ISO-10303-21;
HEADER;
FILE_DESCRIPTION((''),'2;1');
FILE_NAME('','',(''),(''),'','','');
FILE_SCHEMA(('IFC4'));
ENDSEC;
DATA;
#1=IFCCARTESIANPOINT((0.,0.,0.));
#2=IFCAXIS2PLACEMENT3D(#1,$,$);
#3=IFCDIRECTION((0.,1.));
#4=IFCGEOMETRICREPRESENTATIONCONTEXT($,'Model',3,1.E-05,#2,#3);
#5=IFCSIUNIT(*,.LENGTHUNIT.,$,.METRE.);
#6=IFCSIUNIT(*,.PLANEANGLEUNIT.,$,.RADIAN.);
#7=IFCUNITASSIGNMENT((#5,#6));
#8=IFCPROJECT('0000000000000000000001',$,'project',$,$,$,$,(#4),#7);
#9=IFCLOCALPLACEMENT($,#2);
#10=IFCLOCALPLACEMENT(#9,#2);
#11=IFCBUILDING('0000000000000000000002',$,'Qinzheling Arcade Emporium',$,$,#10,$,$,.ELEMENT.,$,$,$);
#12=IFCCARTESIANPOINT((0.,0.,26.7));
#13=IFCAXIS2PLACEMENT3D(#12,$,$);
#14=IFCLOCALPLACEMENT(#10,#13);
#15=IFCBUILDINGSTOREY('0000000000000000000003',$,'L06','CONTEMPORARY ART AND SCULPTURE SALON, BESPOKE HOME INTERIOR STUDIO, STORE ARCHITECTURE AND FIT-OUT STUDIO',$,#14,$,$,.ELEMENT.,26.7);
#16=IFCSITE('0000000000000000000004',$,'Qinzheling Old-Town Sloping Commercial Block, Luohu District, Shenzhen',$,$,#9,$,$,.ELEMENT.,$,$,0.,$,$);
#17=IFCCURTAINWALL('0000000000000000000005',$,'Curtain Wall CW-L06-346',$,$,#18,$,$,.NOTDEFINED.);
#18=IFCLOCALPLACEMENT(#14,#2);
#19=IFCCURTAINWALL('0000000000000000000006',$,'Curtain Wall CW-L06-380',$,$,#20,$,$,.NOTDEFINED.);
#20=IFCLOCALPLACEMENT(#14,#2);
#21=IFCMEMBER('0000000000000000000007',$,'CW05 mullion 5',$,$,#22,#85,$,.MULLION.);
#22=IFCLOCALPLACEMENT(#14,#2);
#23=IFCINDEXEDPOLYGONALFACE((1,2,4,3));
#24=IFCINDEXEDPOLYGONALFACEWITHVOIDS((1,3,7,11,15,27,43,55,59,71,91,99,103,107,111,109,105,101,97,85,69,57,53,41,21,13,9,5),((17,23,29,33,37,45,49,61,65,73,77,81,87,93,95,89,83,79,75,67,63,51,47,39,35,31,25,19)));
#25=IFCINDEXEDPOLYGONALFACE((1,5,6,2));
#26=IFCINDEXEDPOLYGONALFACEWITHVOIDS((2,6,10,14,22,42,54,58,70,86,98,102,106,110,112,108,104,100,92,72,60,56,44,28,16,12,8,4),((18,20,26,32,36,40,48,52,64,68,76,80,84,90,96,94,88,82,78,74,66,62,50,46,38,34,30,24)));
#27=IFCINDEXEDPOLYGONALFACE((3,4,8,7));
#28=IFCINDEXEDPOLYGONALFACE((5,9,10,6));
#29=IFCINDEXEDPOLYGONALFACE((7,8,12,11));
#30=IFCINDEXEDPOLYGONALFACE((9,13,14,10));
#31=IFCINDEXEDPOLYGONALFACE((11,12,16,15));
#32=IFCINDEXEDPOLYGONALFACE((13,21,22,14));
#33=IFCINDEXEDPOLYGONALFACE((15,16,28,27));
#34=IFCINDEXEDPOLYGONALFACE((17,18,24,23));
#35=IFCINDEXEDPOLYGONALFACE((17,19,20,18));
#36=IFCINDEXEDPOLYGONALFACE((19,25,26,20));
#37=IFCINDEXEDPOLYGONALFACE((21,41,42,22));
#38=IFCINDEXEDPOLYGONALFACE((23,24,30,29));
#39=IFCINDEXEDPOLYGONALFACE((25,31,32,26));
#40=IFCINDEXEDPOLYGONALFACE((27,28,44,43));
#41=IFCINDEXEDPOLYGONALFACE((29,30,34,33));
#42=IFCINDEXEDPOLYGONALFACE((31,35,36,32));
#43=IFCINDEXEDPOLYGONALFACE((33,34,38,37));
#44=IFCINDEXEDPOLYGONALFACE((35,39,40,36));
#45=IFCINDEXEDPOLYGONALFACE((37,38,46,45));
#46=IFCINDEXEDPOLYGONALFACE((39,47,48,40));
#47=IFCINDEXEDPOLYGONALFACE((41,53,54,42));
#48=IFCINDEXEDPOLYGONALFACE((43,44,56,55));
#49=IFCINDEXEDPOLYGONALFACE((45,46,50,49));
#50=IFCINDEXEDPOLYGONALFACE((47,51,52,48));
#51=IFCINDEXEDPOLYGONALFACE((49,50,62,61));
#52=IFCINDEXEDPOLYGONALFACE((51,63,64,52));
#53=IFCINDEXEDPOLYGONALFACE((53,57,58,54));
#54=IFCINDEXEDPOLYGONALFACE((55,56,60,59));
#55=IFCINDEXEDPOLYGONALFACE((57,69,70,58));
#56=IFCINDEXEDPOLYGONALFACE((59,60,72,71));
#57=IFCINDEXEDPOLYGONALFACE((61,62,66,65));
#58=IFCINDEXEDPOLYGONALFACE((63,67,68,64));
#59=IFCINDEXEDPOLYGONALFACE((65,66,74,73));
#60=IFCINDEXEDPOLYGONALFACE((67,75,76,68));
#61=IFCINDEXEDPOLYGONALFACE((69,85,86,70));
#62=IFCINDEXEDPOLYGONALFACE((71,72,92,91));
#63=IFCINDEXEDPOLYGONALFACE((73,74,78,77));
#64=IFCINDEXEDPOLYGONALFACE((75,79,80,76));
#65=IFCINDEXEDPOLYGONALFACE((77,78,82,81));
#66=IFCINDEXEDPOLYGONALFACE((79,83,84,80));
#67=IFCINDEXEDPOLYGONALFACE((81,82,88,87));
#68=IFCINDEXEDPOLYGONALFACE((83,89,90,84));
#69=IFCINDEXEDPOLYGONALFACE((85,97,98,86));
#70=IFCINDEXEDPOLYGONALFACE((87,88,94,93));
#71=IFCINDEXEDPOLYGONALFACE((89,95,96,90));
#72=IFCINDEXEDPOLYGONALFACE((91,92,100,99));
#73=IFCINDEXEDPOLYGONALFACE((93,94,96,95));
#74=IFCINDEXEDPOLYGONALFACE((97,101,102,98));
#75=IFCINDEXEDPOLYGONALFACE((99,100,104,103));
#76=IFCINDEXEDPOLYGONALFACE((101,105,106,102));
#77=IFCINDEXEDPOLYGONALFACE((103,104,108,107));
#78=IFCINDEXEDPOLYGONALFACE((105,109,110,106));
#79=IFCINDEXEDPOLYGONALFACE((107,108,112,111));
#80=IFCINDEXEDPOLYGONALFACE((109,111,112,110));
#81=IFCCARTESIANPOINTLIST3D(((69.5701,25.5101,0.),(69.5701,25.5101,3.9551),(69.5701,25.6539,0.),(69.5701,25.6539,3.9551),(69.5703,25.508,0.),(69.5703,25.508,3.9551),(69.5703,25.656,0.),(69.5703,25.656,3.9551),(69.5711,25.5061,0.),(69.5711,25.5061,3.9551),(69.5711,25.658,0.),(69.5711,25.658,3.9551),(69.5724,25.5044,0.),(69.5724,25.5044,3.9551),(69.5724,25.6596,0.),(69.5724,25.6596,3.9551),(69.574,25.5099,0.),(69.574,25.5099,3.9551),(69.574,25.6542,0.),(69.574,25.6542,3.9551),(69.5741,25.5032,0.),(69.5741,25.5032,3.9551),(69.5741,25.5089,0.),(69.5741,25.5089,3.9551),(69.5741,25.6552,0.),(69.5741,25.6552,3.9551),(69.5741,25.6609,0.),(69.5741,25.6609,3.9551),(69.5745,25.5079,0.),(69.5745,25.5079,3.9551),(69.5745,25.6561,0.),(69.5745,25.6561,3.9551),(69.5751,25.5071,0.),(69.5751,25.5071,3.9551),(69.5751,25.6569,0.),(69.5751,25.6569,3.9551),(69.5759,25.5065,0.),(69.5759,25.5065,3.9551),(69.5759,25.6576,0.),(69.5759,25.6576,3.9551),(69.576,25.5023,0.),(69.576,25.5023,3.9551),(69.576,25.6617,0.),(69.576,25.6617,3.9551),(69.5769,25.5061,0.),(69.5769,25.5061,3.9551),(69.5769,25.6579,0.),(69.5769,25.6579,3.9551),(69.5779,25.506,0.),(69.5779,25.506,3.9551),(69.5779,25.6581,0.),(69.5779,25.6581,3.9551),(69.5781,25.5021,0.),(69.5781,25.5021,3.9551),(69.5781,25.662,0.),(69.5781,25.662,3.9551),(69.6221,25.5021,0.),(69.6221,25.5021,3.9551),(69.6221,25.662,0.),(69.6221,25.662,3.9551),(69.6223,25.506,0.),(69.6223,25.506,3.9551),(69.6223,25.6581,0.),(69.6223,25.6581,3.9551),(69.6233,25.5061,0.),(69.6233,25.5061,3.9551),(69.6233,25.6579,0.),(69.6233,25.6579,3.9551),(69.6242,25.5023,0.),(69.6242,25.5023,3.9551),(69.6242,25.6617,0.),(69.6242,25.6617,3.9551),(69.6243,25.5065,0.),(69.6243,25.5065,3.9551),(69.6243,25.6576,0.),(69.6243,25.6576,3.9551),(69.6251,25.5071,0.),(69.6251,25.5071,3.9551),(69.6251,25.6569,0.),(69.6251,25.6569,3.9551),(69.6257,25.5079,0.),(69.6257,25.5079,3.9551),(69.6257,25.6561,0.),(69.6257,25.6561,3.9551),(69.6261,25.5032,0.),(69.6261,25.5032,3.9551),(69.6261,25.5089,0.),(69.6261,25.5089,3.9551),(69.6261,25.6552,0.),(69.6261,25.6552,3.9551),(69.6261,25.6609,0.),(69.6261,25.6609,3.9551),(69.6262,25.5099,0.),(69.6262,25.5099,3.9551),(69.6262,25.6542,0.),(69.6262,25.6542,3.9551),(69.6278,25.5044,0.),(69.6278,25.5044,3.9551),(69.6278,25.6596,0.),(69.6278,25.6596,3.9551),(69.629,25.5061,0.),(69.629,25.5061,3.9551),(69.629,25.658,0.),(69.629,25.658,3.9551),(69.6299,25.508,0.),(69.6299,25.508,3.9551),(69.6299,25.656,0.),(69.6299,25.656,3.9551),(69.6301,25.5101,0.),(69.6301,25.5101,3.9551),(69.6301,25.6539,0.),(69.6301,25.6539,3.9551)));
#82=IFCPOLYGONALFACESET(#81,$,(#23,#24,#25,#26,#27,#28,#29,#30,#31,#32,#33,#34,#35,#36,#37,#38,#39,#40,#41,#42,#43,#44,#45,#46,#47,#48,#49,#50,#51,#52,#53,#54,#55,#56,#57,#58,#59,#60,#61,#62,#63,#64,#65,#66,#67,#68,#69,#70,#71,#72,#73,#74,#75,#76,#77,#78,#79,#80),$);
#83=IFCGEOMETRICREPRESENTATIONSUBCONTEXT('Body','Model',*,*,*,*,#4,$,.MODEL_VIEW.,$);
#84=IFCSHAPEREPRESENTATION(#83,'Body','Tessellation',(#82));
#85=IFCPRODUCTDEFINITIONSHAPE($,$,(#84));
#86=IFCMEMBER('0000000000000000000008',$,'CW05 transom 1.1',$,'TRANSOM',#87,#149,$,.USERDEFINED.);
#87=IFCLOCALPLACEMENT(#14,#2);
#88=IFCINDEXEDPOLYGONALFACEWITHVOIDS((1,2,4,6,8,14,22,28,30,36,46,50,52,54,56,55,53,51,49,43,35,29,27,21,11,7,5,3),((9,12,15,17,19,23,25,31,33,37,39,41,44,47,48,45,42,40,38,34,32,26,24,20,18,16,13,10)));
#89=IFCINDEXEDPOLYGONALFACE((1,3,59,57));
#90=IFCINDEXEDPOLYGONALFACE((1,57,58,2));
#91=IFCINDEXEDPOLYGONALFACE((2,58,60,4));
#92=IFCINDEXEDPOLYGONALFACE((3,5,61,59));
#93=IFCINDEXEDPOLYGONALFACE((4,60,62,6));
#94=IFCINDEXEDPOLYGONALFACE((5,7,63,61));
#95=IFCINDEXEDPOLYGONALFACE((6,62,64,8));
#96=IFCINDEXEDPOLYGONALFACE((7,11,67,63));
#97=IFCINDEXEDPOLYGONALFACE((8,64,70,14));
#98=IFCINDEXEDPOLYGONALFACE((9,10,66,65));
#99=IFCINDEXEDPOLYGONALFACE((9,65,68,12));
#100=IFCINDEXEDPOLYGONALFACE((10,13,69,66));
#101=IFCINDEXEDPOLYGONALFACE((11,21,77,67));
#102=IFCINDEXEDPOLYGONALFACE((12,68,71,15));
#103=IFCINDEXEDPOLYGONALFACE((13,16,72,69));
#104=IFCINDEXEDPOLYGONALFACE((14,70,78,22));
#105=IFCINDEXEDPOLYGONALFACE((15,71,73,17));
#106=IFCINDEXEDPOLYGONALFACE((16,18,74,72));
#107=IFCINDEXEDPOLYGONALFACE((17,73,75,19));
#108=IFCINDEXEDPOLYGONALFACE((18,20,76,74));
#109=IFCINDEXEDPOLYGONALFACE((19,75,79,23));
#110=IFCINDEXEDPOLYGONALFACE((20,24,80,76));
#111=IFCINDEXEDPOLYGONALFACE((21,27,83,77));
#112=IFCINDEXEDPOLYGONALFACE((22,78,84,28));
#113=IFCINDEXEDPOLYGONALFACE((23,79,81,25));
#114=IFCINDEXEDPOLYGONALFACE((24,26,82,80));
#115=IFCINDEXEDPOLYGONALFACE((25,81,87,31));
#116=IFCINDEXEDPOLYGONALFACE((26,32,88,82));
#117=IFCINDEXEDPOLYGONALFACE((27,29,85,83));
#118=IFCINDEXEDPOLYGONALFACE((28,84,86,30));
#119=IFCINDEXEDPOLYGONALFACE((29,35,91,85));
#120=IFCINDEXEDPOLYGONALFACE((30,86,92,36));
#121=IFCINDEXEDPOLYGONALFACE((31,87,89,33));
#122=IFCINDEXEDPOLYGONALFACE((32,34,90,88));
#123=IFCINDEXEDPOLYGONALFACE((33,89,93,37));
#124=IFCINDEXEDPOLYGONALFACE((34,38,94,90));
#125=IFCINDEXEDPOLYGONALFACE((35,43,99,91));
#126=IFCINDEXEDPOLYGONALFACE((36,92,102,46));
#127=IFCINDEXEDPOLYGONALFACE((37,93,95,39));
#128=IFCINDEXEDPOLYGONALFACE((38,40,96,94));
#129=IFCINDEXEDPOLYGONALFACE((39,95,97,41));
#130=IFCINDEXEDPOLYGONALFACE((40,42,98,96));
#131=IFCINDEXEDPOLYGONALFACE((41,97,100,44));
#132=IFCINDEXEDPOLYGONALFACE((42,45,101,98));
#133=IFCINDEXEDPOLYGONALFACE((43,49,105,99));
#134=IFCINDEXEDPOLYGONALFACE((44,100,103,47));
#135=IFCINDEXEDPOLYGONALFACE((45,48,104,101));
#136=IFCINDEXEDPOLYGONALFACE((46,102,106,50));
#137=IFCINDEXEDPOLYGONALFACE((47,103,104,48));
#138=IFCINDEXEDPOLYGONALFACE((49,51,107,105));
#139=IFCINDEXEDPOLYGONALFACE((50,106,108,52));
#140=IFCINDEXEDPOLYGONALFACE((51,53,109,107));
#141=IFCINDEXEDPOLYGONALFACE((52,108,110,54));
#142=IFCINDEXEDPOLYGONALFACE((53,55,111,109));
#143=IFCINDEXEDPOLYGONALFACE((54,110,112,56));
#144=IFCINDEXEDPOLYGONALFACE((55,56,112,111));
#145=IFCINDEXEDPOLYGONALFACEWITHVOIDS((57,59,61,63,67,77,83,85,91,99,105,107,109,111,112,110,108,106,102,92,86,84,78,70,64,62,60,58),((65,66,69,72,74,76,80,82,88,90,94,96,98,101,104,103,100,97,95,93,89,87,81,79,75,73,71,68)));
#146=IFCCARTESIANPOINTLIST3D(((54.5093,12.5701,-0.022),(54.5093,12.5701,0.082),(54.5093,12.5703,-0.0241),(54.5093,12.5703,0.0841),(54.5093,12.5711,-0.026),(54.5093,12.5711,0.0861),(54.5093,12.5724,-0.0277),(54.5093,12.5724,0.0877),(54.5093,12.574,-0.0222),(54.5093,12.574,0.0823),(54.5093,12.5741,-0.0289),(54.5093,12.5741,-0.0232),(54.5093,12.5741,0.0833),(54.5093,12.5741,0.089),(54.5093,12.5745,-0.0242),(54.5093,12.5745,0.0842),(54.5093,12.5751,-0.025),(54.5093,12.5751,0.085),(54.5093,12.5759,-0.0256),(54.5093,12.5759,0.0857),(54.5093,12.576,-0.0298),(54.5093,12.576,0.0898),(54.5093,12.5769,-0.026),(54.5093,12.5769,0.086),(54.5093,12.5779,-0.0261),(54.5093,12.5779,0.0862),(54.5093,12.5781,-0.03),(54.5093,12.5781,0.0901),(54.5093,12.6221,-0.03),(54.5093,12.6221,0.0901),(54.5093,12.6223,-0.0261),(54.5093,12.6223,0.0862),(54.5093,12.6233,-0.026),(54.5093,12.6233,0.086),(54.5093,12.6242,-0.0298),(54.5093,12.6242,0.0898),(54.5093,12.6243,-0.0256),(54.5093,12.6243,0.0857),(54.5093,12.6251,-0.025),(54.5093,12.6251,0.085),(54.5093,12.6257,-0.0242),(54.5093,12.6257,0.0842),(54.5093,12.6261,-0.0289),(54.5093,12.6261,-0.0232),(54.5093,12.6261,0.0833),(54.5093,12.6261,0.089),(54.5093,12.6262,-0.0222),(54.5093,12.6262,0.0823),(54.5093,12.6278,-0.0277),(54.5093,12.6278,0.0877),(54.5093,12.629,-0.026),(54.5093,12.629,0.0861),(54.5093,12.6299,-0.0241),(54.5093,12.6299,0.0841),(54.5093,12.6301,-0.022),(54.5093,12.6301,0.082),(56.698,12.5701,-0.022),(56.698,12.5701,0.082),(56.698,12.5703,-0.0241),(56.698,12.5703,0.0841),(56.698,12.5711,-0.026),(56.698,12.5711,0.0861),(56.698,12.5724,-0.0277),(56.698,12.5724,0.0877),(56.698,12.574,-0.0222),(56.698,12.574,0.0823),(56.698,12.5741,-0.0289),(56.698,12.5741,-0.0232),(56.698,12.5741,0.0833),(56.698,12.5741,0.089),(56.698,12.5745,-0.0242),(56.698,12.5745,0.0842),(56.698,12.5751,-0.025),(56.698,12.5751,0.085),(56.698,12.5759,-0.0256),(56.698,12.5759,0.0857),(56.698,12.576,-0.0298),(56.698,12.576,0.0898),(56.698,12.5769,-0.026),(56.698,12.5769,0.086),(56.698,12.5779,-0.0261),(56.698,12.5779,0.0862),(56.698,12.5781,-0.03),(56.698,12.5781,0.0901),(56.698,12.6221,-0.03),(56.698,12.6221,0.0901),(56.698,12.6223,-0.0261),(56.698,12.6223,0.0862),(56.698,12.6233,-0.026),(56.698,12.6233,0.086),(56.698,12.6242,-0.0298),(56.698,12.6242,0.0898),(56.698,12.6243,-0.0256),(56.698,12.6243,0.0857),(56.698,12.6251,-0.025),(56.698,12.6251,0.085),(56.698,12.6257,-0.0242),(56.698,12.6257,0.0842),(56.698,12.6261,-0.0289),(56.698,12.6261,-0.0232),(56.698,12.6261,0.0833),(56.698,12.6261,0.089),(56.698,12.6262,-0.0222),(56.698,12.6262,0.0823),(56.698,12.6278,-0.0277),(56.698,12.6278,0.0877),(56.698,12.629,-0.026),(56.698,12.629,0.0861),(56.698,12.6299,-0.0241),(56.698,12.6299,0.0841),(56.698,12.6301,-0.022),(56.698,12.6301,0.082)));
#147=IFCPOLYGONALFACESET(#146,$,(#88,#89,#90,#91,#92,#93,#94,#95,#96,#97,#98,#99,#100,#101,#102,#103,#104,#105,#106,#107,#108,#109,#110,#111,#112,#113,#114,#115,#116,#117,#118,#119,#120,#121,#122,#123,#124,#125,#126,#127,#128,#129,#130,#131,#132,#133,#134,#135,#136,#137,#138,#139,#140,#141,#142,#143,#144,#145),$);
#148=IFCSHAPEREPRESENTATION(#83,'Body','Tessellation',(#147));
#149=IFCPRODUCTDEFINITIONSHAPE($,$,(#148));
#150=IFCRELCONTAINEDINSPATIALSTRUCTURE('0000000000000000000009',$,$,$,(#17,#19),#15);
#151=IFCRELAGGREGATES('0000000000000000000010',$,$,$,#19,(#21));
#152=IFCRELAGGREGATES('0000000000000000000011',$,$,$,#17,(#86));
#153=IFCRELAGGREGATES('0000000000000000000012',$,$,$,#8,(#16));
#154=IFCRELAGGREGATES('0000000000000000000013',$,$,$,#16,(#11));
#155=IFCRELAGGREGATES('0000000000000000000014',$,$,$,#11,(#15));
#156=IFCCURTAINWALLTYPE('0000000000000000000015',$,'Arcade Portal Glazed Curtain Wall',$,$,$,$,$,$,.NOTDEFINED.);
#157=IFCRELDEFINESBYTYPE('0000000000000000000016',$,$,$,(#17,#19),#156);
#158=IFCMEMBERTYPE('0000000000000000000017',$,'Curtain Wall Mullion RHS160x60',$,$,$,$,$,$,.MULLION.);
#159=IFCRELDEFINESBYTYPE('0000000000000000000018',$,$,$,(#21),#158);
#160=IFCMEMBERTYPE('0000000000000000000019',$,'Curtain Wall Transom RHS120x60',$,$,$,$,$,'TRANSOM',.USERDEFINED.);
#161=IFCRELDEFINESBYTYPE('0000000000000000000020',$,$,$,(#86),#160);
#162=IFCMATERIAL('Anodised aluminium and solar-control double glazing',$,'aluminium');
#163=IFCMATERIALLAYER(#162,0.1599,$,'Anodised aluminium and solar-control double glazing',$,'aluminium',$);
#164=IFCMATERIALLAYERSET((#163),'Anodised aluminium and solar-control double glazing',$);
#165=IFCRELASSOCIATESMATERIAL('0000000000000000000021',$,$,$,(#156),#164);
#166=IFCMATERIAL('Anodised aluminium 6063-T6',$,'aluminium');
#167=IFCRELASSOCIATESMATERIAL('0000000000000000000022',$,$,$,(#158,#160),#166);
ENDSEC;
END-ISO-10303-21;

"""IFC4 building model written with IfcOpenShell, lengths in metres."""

from ifc_helpers import new_model, si_unit, direction, frame, origin, origin_2d, place, context, subcontext, project, spatial, hollow_rectangle, extrude, material, layer, layer_set, material_profile, profile_set, type_object, element, aggregate, save


model = new_model("IFC4")

# Units and contexts
model_context = context("Model", 3, precision=1e-05, world=origin(), true_north=direction((0.0, 1.0)))
body_context = subcontext(model_context, "Body", "Model", "MODEL_VIEW")
ifc_project = project(units=[si_unit("LENGTHUNIT", "METRE"), si_unit("PLANEANGLEUNIT", "RADIAN")], contexts=[model_context])

# Site, building, storey
site_placement = place(None, origin())
site = spatial("IfcSite", under=ifc_project, at=site_placement, Name="Qinzheling Old-Town Sloping Commercial Block, Luohu District, Shenzhen", CompositionType="ELEMENT", RefElevation=0.0)
building_placement = place(site_placement, origin())
building = spatial("IfcBuilding", under=site, at=building_placement, Name="Qinzheling Arcade Emporium", CompositionType="ELEMENT")
storey_placement = place(building_placement, frame((0.0, 0.0, 26.7)))
storey = spatial("IfcBuildingStorey", under=building, at=storey_placement, Name="L06", Description="CONTEMPORARY ART AND SCULPTURE SALON, BESPOKE HOME INTERIOR STUDIO, STORE ARCHITECTURE AND FIT-OUT STUDIO", CompositionType="ELEMENT", Elevation=26.7)

# Curtain wall
ifc_material_1 = material(Name="Anodised aluminium and solar-control double glazing", Category="aluminium")
ifc_layer_1 = layer(ifc_material_1, 0.1599, Name="Anodised aluminium and solar-control double glazing", Category="aluminium")
ifc_layer_set_1 = layer_set([ifc_layer_1], Name="Anodised aluminium and solar-control double glazing")
curtain_wall_type = type_object("IfcCurtainWallType", Name="Arcade Portal Glazed Curtain Wall", PredefinedType="NOTDEFINED", material=ifc_layer_set_1)
curtain_wall_1_placement = place(storey_placement, origin())
curtain_wall_1 = element("IfcCurtainWall", 1, at=curtain_wall_1_placement, inside=storey, type_object=curtain_wall_type, Name="Curtain Wall CW-L06-346", PredefinedType="NOTDEFINED")
ifc_material_2 = material(Name="Anodised aluminium 6063-T6", Category="aluminium")
ifc_material_profile_1 = material_profile(ifc_material_2, hollow_rectangle(XDim=0.0601, YDim=0.1599, WallThickness=0.0039, InnerFilletRadius=0.0039, OuterFilletRadius=0.0081, at=origin_2d()), Name="RHS 160x60x4", Category="aluminium")
ifc_profile_set_1 = profile_set([ifc_material_profile_1], Name="Anodised aluminium 6063-T6")
member_type_1 = type_object("IfcMemberType", Name="Curtain Wall Mullion RHS160x60", PredefinedType="MULLION", material=ifc_profile_set_1)

# Curtain wall, member
curtain_wall_2_placement = place(storey_placement, origin())
curtain_wall_2 = element("IfcCurtainWall", 2, at=curtain_wall_2_placement, inside=storey, type_object=curtain_wall_type, Name="Curtain Wall CW-L06-380", PredefinedType="NOTDEFINED")
member_1_placement = place(storey_placement, frame((69.6001, 25.582, 0.0), z_axis=(0.0, 0.0, 1.0), x_axis=(1.0, 0.0, 0.0)))
member_1 = element("IfcMember", 3, at=member_1_placement, type_object=member_type_1, Name="CW05 mullion 5", PredefinedType="MULLION", context=body_context, shape_type="SweptSolid", body=[
    extrude(hollow_rectangle(XDim=0.0601, YDim=0.1599, WallThickness=0.0039, InnerFilletRadius=0.0039, OuterFilletRadius=0.0081, at=origin_2d()), origin(), (0.0, 0.0, 1.0), 3.9551),
])
aggregate(curtain_wall_2, [member_1])

# Member
ifc_material_profile_2 = material_profile(ifc_material_2, hollow_rectangle(XDim=0.0601, YDim=0.1201, WallThickness=0.0039, InnerFilletRadius=0.0039, OuterFilletRadius=0.0081, at=origin_2d()), Name="RHS 120x60x4", Category="aluminium")
ifc_profile_set_2 = profile_set([ifc_material_profile_2], Name="Anodised aluminium 6063-T6")
member_type_2 = type_object("IfcMemberType", Name="Curtain Wall Transom RHS120x60", ElementType="TRANSOM", PredefinedType="USERDEFINED", material=ifc_profile_set_2)
member_2_placement = place(storey_placement, frame((56.698, 12.6001, 0.03), z_axis=(-1.0, 0.0, 0.0), x_axis=(0.0, -1.0, 0.0)))
member_2 = element("IfcMember", 4, at=member_2_placement, type_object=member_type_2, Name="CW05 transom 1.1", ObjectType="TRANSOM", PredefinedType="USERDEFINED", context=body_context, shape_type="SweptSolid", body=[
    extrude(hollow_rectangle(XDim=0.0601, YDim=0.1201, WallThickness=0.0039, InnerFilletRadius=0.0039, OuterFilletRadius=0.0081, at=origin_2d()), origin(), (0.0, 0.0, 1.0), 2.1887),
])

aggregate(curtain_wall_1, [member_2])

save(model, "model.ifc")
